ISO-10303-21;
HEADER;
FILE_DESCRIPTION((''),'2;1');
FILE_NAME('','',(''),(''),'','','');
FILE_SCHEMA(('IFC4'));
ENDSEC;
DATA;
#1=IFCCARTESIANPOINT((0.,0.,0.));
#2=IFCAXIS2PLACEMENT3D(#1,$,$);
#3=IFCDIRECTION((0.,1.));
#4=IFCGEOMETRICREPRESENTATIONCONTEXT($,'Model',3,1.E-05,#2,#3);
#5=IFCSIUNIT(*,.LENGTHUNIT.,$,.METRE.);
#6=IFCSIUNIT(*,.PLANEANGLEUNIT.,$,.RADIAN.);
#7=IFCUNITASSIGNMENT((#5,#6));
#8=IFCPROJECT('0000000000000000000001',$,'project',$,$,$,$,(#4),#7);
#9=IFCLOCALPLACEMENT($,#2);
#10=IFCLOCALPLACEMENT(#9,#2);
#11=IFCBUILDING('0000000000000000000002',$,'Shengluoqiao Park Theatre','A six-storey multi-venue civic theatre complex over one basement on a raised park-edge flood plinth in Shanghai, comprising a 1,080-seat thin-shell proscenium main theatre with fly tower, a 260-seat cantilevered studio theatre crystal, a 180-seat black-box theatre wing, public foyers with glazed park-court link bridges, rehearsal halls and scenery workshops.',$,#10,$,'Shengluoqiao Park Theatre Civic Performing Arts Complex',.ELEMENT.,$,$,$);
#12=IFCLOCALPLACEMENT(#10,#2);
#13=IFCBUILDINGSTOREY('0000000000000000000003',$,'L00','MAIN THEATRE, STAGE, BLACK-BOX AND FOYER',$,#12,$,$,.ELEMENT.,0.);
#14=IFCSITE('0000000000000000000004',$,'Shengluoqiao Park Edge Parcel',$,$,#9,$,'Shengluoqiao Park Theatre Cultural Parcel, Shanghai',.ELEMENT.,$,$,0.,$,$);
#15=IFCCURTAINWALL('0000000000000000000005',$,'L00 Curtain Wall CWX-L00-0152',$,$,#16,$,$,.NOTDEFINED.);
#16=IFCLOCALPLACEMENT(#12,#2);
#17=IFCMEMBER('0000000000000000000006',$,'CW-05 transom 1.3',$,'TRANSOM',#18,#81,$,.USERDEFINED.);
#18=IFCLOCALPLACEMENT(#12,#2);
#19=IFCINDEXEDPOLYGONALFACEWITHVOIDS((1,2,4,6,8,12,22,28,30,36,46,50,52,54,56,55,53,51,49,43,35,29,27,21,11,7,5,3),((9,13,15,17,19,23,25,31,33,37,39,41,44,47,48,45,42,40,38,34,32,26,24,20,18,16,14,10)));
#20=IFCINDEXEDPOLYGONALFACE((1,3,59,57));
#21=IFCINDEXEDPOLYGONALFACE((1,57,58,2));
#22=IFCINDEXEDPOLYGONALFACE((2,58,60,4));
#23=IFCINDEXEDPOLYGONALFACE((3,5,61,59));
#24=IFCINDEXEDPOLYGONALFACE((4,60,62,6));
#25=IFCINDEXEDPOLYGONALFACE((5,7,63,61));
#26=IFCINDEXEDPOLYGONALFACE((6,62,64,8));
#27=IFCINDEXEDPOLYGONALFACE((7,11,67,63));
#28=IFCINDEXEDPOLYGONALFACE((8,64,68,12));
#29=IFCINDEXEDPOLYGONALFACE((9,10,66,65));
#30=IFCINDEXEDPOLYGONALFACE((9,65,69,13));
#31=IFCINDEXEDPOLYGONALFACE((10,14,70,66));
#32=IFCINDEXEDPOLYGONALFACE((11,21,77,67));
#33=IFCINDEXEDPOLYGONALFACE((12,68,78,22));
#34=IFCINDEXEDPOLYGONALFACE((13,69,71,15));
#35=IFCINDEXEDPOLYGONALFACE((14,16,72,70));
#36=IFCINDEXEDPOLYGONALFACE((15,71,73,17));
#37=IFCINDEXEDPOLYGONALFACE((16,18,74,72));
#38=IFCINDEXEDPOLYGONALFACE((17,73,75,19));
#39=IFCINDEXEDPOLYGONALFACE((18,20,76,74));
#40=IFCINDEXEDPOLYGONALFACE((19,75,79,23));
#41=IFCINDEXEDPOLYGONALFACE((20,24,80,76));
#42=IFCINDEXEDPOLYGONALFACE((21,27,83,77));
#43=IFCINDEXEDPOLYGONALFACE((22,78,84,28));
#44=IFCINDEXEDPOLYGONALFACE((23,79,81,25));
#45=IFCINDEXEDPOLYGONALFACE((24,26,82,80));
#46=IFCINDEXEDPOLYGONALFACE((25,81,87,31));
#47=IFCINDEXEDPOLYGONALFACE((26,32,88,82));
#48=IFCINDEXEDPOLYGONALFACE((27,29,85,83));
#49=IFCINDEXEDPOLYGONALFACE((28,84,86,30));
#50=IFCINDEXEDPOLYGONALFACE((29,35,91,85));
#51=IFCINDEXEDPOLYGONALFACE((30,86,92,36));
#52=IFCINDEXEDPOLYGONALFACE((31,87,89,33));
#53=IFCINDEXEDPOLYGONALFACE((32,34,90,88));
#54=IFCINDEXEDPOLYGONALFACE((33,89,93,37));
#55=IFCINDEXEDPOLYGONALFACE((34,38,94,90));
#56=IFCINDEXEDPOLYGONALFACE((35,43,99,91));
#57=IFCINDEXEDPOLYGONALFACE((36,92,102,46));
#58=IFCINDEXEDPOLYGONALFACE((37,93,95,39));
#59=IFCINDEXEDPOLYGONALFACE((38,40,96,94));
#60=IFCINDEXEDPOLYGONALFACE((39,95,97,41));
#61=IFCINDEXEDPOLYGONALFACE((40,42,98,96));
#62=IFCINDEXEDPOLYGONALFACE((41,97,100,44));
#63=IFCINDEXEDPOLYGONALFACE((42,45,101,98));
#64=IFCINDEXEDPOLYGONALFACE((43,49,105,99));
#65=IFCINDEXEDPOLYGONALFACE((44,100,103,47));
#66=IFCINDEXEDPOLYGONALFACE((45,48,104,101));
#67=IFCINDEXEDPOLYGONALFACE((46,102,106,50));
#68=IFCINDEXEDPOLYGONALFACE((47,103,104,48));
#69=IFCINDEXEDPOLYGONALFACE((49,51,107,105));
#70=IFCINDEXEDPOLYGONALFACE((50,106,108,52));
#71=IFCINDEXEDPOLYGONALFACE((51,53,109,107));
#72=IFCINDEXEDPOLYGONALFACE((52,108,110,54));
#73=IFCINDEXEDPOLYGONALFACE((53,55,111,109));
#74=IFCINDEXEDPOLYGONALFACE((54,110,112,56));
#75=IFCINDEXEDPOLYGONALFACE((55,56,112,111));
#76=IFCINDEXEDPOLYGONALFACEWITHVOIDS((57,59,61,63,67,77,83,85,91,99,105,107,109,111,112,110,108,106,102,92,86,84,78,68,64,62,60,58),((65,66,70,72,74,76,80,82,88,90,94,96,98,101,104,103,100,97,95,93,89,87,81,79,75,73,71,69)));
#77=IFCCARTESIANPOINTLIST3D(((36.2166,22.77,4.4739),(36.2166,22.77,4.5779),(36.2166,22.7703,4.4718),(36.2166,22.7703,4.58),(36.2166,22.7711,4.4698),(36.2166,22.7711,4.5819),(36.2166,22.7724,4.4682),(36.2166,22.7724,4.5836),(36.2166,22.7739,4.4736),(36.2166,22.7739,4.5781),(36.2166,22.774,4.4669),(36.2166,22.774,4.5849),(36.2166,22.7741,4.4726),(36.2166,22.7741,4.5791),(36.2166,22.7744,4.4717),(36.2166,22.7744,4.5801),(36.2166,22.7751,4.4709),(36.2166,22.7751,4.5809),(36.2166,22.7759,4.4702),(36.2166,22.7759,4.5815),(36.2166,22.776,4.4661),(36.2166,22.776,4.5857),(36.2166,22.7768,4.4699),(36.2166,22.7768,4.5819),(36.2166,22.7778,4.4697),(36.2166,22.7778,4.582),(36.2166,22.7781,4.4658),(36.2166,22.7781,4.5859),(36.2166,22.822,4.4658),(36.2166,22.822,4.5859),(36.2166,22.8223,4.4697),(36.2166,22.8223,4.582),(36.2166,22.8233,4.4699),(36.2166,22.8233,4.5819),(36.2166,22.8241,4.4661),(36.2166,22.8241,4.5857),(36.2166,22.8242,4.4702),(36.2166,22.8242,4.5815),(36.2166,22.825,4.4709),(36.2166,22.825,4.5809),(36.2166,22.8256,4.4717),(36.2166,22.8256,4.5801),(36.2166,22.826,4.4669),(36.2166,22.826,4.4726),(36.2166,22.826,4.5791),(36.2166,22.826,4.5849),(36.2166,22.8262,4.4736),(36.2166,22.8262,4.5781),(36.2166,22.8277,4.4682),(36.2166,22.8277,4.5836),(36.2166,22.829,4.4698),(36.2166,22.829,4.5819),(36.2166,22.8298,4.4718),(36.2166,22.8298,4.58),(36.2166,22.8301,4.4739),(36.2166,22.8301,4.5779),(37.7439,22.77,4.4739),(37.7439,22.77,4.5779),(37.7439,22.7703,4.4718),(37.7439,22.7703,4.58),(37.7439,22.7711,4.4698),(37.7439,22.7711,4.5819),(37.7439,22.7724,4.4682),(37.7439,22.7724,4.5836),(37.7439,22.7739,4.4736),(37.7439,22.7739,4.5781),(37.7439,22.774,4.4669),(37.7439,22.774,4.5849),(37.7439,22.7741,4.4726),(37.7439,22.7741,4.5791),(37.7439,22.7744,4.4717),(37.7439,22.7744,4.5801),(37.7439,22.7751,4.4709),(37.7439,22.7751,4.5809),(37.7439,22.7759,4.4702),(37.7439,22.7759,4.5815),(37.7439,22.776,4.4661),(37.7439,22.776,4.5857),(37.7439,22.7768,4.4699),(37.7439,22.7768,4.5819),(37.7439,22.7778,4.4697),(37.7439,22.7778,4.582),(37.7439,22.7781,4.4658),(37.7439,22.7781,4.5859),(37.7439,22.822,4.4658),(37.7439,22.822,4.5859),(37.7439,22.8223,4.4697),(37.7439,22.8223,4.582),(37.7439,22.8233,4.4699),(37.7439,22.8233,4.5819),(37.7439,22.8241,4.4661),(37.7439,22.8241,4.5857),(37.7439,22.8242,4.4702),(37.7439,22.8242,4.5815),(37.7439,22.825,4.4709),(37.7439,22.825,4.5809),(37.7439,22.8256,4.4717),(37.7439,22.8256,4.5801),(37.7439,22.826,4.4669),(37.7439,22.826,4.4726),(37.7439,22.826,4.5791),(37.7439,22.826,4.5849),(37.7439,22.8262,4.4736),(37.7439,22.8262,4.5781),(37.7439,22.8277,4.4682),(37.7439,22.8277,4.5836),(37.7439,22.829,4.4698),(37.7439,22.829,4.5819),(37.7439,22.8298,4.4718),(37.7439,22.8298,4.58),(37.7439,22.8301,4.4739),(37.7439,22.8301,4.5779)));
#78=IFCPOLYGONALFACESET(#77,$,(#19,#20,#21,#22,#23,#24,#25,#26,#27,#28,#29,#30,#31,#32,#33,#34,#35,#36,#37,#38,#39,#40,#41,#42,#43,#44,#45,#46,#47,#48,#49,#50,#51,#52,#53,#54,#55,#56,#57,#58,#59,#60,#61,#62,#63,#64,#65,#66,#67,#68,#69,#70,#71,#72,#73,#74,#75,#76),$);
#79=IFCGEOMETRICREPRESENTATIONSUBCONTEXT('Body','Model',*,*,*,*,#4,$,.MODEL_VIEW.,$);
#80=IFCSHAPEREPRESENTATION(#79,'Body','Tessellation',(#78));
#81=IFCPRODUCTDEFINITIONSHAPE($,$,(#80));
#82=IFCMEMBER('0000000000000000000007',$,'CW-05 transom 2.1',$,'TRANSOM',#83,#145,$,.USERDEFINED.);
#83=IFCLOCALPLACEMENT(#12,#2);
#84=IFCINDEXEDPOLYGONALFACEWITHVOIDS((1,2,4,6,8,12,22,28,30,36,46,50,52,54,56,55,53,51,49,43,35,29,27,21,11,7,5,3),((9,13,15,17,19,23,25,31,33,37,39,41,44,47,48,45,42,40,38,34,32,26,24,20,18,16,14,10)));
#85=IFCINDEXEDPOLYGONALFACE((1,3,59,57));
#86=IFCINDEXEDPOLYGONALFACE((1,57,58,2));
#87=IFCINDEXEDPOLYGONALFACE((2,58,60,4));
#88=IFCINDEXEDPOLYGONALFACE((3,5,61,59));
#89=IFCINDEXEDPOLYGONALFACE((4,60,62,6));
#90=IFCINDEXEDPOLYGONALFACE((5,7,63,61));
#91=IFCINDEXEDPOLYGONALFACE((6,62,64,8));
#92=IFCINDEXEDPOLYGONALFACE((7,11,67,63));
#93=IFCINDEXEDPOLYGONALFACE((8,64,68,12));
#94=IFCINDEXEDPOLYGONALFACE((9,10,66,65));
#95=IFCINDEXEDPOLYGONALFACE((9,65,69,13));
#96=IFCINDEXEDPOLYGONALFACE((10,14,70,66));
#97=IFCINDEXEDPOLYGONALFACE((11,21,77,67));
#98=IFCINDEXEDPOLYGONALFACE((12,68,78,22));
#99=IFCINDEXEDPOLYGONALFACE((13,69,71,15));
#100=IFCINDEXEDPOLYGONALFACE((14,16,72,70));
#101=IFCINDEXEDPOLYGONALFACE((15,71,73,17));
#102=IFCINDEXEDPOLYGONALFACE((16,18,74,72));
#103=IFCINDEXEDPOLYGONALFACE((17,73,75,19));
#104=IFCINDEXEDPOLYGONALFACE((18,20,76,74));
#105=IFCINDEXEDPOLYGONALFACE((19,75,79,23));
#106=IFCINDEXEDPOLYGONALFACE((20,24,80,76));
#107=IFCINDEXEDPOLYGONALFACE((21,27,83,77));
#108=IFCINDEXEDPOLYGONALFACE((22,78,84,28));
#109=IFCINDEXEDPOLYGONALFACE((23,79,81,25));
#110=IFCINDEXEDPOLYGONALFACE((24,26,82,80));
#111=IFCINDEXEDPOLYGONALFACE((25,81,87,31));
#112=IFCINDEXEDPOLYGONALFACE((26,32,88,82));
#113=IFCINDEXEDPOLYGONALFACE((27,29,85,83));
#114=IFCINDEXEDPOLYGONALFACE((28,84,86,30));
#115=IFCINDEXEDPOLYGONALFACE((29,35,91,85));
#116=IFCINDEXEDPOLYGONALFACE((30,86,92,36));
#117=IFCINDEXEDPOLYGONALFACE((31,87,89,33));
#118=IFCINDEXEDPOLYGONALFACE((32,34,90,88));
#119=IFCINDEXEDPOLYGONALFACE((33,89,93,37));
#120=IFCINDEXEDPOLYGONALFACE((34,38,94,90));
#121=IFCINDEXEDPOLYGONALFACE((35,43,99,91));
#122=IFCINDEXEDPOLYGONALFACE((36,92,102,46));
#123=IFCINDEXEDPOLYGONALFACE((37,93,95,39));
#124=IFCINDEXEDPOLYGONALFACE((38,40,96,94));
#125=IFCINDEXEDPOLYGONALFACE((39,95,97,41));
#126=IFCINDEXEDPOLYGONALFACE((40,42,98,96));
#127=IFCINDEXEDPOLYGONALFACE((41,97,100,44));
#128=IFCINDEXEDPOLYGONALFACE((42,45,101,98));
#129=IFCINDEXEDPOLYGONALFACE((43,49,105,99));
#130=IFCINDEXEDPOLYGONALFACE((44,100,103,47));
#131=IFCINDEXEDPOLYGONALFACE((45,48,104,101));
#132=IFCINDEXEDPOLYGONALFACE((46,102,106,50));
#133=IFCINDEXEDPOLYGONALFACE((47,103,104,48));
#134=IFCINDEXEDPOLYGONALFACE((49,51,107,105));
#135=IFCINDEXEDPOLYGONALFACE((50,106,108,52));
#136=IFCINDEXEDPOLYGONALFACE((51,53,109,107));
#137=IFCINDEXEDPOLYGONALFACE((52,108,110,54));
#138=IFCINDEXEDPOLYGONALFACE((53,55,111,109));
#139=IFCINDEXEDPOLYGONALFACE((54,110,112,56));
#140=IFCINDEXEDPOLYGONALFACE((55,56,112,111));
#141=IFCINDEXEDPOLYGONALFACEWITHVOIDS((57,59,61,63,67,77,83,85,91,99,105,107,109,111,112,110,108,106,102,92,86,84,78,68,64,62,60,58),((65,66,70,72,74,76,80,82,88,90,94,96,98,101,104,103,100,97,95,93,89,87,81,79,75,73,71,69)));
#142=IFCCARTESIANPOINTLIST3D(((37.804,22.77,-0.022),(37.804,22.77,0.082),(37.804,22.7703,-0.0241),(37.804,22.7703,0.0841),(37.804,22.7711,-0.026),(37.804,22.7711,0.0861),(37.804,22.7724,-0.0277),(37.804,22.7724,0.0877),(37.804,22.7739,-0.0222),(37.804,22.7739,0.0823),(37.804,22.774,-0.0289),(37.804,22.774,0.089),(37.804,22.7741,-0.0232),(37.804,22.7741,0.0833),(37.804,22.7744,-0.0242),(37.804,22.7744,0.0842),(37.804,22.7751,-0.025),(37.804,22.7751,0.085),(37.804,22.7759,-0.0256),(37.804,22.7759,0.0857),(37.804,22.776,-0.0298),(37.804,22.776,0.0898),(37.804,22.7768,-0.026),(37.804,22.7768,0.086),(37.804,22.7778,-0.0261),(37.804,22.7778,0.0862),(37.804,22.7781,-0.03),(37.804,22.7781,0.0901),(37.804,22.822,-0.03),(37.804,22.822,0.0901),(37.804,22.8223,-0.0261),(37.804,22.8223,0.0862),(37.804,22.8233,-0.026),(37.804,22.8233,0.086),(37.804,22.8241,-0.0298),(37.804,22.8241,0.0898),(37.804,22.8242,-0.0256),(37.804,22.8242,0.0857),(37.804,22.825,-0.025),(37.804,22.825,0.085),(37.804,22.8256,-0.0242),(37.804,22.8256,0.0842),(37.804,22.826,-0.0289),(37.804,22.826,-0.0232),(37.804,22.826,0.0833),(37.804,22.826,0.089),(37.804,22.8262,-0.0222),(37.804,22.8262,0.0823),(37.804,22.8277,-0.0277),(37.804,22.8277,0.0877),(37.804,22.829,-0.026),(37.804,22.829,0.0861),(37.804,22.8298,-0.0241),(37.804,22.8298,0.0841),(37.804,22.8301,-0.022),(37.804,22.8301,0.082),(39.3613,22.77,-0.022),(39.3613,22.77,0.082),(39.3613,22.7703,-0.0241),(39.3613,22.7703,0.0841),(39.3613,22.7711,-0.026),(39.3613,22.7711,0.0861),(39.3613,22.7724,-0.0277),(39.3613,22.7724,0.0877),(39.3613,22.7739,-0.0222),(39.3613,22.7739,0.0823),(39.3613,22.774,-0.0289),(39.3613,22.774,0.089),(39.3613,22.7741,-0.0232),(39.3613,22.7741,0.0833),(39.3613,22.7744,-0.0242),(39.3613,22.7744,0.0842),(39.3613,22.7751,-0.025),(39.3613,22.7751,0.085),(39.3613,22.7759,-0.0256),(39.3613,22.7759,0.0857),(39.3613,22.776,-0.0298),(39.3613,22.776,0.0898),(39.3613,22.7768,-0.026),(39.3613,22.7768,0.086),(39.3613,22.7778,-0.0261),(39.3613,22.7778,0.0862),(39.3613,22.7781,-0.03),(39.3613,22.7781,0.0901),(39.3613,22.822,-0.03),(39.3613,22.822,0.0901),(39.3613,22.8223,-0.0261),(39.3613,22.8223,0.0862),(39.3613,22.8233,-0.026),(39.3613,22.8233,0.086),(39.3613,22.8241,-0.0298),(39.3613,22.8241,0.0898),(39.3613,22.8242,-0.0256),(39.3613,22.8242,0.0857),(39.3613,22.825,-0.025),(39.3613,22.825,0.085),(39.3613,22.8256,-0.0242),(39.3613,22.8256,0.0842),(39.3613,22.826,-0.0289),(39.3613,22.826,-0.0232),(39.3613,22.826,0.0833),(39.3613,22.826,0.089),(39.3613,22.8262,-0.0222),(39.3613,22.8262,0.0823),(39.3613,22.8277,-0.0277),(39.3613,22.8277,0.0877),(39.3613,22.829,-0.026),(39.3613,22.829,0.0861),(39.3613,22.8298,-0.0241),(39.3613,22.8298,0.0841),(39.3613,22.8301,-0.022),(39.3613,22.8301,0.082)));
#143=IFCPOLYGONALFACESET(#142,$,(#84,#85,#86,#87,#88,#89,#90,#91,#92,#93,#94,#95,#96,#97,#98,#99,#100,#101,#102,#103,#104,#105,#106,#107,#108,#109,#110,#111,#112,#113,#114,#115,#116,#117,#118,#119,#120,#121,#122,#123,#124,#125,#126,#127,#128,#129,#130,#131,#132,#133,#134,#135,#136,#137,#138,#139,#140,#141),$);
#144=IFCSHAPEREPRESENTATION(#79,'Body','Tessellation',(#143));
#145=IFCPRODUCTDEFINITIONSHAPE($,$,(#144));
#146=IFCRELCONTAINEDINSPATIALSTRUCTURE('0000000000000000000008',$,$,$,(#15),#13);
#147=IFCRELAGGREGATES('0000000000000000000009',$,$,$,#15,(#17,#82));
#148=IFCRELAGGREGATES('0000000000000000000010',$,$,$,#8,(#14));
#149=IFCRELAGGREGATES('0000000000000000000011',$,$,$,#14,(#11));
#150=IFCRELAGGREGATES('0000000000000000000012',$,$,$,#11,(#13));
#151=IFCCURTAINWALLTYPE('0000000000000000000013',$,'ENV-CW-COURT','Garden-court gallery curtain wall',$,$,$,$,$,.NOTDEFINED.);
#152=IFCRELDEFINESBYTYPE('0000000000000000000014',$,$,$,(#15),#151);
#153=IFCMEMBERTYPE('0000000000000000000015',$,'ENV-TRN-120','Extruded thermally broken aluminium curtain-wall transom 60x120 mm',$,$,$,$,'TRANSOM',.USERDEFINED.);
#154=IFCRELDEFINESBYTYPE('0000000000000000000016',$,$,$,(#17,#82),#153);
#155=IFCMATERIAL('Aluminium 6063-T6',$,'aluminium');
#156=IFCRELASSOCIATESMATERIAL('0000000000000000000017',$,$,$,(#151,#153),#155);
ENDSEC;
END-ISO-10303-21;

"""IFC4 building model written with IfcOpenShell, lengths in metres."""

from ifc_helpers import new_model, si_unit, direction, frame, origin, origin_2d, place, context, subcontext, project, spatial, hollow_rectangle, extrude, material, material_profile, profile_set, type_object, element, aggregate, save


model = new_model("IFC4")

# Units and contexts
model_context = context("Model", 3, precision=1e-05, world=origin(), true_north=direction((0.0, 1.0)))
body_context = subcontext(model_context, "Body", "Model", "MODEL_VIEW")
ifc_project = project(units=[si_unit("LENGTHUNIT", "METRE"), si_unit("PLANEANGLEUNIT", "RADIAN")], contexts=[model_context])

# Site, building, storey
site_placement = place(None, origin())
site = spatial("IfcSite", under=ifc_project, at=site_placement, Name="Shengluoqiao Park Edge Parcel", LongName="Shengluoqiao Park Theatre Cultural Parcel, Shanghai", CompositionType="ELEMENT", RefElevation=0.0)
building_placement = place(site_placement, origin())
building = spatial("IfcBuilding", under=site, at=building_placement, Name="Shengluoqiao Park Theatre", Description="A six-storey multi-venue civic theatre complex over one basement on a raised park-edge flood plinth in Shanghai, comprising a 1,080-seat thin-shell proscenium main theatre with fly tower, a 260-seat cantilevered studio theatre crystal, a 180-seat black-box theatre wing, public foyers with glazed park-court link bridges, rehearsal halls and scenery workshops.", LongName="Shengluoqiao Park Theatre Civic Performing Arts Complex", CompositionType="ELEMENT")
storey_placement = place(building_placement, origin())
storey = spatial("IfcBuildingStorey", under=building, at=storey_placement, Name="L00", Description="MAIN THEATRE, STAGE, BLACK-BOX AND FOYER", CompositionType="ELEMENT", Elevation=0.0)

# Curtain wall
ifc_material_1 = material(Name="Aluminium 6063-T6", Category="aluminium")
curtain_wall_type = type_object("IfcCurtainWallType", Name="ENV-CW-COURT", Description="Garden-court gallery curtain wall", PredefinedType="NOTDEFINED", material=ifc_material_1)
curtain_wall_1_placement = place(storey_placement, origin())
curtain_wall_1 = element("IfcCurtainWall", 1, at=curtain_wall_1_placement, inside=storey, type_object=curtain_wall_type, Name="L00 Curtain Wall CWX-L00-0152", PredefinedType="NOTDEFINED")

# Shared definitions
ifc_material_profile_1 = material_profile(ifc_material_1, hollow_rectangle(XDim=0.0601, YDim=0.1201, WallThickness=0.0039, InnerFilletRadius=0.0039, OuterFilletRadius=0.0081, at=origin_2d()), Name="ALU TRANSOM 120x60x4")
ifc_profile_set_1 = profile_set([ifc_material_profile_1], Name="Aluminium 6063-T6")
member_type_1 = type_object("IfcMemberType", Name="ENV-TRN-120", Description="Extruded thermally broken aluminium curtain-wall transom 60x120 mm", ElementType="TRANSOM", PredefinedType="USERDEFINED", material=ifc_profile_set_1)

# Members
member_1_placement = place(storey_placement, frame((36.2166, 22.8, 4.5259), z_axis=(1.0, 0.0, 0.0), x_axis=(0.0, 1.0, 0.0)))
member_1 = element("IfcMember", 2, at=member_1_placement, type_object=member_type_1, Name="CW-05 transom 1.3", ObjectType="TRANSOM", PredefinedType="USERDEFINED", context=body_context, shape_type="SweptSolid", body=[
    extrude(hollow_rectangle(XDim=0.0601, YDim=0.1201, WallThickness=0.0039, InnerFilletRadius=0.0039, OuterFilletRadius=0.0081, at=origin_2d()), origin(), (0.0, 0.0, 1.0), 1.5273),
])
member_2_placement = place(storey_placement, frame((37.804, 22.8, 0.03), z_axis=(1.0, 0.0, 0.0), x_axis=(0.0, 1.0, 0.0)))
member_2 = element("IfcMember", 3, at=member_2_placement, type_object=member_type_1, Name="CW-05 transom 2.1", ObjectType="TRANSOM", PredefinedType="USERDEFINED", context=body_context, shape_type="SweptSolid", body=[
    extrude(hollow_rectangle(XDim=0.0601, YDim=0.1201, WallThickness=0.0039, InnerFilletRadius=0.0039, OuterFilletRadius=0.0081, at=origin_2d()), origin(), (0.0, 0.0, 1.0), 1.5574),
])

aggregate(curtain_wall_1, [member_1, member_2])

save(model, "model.ifc")
